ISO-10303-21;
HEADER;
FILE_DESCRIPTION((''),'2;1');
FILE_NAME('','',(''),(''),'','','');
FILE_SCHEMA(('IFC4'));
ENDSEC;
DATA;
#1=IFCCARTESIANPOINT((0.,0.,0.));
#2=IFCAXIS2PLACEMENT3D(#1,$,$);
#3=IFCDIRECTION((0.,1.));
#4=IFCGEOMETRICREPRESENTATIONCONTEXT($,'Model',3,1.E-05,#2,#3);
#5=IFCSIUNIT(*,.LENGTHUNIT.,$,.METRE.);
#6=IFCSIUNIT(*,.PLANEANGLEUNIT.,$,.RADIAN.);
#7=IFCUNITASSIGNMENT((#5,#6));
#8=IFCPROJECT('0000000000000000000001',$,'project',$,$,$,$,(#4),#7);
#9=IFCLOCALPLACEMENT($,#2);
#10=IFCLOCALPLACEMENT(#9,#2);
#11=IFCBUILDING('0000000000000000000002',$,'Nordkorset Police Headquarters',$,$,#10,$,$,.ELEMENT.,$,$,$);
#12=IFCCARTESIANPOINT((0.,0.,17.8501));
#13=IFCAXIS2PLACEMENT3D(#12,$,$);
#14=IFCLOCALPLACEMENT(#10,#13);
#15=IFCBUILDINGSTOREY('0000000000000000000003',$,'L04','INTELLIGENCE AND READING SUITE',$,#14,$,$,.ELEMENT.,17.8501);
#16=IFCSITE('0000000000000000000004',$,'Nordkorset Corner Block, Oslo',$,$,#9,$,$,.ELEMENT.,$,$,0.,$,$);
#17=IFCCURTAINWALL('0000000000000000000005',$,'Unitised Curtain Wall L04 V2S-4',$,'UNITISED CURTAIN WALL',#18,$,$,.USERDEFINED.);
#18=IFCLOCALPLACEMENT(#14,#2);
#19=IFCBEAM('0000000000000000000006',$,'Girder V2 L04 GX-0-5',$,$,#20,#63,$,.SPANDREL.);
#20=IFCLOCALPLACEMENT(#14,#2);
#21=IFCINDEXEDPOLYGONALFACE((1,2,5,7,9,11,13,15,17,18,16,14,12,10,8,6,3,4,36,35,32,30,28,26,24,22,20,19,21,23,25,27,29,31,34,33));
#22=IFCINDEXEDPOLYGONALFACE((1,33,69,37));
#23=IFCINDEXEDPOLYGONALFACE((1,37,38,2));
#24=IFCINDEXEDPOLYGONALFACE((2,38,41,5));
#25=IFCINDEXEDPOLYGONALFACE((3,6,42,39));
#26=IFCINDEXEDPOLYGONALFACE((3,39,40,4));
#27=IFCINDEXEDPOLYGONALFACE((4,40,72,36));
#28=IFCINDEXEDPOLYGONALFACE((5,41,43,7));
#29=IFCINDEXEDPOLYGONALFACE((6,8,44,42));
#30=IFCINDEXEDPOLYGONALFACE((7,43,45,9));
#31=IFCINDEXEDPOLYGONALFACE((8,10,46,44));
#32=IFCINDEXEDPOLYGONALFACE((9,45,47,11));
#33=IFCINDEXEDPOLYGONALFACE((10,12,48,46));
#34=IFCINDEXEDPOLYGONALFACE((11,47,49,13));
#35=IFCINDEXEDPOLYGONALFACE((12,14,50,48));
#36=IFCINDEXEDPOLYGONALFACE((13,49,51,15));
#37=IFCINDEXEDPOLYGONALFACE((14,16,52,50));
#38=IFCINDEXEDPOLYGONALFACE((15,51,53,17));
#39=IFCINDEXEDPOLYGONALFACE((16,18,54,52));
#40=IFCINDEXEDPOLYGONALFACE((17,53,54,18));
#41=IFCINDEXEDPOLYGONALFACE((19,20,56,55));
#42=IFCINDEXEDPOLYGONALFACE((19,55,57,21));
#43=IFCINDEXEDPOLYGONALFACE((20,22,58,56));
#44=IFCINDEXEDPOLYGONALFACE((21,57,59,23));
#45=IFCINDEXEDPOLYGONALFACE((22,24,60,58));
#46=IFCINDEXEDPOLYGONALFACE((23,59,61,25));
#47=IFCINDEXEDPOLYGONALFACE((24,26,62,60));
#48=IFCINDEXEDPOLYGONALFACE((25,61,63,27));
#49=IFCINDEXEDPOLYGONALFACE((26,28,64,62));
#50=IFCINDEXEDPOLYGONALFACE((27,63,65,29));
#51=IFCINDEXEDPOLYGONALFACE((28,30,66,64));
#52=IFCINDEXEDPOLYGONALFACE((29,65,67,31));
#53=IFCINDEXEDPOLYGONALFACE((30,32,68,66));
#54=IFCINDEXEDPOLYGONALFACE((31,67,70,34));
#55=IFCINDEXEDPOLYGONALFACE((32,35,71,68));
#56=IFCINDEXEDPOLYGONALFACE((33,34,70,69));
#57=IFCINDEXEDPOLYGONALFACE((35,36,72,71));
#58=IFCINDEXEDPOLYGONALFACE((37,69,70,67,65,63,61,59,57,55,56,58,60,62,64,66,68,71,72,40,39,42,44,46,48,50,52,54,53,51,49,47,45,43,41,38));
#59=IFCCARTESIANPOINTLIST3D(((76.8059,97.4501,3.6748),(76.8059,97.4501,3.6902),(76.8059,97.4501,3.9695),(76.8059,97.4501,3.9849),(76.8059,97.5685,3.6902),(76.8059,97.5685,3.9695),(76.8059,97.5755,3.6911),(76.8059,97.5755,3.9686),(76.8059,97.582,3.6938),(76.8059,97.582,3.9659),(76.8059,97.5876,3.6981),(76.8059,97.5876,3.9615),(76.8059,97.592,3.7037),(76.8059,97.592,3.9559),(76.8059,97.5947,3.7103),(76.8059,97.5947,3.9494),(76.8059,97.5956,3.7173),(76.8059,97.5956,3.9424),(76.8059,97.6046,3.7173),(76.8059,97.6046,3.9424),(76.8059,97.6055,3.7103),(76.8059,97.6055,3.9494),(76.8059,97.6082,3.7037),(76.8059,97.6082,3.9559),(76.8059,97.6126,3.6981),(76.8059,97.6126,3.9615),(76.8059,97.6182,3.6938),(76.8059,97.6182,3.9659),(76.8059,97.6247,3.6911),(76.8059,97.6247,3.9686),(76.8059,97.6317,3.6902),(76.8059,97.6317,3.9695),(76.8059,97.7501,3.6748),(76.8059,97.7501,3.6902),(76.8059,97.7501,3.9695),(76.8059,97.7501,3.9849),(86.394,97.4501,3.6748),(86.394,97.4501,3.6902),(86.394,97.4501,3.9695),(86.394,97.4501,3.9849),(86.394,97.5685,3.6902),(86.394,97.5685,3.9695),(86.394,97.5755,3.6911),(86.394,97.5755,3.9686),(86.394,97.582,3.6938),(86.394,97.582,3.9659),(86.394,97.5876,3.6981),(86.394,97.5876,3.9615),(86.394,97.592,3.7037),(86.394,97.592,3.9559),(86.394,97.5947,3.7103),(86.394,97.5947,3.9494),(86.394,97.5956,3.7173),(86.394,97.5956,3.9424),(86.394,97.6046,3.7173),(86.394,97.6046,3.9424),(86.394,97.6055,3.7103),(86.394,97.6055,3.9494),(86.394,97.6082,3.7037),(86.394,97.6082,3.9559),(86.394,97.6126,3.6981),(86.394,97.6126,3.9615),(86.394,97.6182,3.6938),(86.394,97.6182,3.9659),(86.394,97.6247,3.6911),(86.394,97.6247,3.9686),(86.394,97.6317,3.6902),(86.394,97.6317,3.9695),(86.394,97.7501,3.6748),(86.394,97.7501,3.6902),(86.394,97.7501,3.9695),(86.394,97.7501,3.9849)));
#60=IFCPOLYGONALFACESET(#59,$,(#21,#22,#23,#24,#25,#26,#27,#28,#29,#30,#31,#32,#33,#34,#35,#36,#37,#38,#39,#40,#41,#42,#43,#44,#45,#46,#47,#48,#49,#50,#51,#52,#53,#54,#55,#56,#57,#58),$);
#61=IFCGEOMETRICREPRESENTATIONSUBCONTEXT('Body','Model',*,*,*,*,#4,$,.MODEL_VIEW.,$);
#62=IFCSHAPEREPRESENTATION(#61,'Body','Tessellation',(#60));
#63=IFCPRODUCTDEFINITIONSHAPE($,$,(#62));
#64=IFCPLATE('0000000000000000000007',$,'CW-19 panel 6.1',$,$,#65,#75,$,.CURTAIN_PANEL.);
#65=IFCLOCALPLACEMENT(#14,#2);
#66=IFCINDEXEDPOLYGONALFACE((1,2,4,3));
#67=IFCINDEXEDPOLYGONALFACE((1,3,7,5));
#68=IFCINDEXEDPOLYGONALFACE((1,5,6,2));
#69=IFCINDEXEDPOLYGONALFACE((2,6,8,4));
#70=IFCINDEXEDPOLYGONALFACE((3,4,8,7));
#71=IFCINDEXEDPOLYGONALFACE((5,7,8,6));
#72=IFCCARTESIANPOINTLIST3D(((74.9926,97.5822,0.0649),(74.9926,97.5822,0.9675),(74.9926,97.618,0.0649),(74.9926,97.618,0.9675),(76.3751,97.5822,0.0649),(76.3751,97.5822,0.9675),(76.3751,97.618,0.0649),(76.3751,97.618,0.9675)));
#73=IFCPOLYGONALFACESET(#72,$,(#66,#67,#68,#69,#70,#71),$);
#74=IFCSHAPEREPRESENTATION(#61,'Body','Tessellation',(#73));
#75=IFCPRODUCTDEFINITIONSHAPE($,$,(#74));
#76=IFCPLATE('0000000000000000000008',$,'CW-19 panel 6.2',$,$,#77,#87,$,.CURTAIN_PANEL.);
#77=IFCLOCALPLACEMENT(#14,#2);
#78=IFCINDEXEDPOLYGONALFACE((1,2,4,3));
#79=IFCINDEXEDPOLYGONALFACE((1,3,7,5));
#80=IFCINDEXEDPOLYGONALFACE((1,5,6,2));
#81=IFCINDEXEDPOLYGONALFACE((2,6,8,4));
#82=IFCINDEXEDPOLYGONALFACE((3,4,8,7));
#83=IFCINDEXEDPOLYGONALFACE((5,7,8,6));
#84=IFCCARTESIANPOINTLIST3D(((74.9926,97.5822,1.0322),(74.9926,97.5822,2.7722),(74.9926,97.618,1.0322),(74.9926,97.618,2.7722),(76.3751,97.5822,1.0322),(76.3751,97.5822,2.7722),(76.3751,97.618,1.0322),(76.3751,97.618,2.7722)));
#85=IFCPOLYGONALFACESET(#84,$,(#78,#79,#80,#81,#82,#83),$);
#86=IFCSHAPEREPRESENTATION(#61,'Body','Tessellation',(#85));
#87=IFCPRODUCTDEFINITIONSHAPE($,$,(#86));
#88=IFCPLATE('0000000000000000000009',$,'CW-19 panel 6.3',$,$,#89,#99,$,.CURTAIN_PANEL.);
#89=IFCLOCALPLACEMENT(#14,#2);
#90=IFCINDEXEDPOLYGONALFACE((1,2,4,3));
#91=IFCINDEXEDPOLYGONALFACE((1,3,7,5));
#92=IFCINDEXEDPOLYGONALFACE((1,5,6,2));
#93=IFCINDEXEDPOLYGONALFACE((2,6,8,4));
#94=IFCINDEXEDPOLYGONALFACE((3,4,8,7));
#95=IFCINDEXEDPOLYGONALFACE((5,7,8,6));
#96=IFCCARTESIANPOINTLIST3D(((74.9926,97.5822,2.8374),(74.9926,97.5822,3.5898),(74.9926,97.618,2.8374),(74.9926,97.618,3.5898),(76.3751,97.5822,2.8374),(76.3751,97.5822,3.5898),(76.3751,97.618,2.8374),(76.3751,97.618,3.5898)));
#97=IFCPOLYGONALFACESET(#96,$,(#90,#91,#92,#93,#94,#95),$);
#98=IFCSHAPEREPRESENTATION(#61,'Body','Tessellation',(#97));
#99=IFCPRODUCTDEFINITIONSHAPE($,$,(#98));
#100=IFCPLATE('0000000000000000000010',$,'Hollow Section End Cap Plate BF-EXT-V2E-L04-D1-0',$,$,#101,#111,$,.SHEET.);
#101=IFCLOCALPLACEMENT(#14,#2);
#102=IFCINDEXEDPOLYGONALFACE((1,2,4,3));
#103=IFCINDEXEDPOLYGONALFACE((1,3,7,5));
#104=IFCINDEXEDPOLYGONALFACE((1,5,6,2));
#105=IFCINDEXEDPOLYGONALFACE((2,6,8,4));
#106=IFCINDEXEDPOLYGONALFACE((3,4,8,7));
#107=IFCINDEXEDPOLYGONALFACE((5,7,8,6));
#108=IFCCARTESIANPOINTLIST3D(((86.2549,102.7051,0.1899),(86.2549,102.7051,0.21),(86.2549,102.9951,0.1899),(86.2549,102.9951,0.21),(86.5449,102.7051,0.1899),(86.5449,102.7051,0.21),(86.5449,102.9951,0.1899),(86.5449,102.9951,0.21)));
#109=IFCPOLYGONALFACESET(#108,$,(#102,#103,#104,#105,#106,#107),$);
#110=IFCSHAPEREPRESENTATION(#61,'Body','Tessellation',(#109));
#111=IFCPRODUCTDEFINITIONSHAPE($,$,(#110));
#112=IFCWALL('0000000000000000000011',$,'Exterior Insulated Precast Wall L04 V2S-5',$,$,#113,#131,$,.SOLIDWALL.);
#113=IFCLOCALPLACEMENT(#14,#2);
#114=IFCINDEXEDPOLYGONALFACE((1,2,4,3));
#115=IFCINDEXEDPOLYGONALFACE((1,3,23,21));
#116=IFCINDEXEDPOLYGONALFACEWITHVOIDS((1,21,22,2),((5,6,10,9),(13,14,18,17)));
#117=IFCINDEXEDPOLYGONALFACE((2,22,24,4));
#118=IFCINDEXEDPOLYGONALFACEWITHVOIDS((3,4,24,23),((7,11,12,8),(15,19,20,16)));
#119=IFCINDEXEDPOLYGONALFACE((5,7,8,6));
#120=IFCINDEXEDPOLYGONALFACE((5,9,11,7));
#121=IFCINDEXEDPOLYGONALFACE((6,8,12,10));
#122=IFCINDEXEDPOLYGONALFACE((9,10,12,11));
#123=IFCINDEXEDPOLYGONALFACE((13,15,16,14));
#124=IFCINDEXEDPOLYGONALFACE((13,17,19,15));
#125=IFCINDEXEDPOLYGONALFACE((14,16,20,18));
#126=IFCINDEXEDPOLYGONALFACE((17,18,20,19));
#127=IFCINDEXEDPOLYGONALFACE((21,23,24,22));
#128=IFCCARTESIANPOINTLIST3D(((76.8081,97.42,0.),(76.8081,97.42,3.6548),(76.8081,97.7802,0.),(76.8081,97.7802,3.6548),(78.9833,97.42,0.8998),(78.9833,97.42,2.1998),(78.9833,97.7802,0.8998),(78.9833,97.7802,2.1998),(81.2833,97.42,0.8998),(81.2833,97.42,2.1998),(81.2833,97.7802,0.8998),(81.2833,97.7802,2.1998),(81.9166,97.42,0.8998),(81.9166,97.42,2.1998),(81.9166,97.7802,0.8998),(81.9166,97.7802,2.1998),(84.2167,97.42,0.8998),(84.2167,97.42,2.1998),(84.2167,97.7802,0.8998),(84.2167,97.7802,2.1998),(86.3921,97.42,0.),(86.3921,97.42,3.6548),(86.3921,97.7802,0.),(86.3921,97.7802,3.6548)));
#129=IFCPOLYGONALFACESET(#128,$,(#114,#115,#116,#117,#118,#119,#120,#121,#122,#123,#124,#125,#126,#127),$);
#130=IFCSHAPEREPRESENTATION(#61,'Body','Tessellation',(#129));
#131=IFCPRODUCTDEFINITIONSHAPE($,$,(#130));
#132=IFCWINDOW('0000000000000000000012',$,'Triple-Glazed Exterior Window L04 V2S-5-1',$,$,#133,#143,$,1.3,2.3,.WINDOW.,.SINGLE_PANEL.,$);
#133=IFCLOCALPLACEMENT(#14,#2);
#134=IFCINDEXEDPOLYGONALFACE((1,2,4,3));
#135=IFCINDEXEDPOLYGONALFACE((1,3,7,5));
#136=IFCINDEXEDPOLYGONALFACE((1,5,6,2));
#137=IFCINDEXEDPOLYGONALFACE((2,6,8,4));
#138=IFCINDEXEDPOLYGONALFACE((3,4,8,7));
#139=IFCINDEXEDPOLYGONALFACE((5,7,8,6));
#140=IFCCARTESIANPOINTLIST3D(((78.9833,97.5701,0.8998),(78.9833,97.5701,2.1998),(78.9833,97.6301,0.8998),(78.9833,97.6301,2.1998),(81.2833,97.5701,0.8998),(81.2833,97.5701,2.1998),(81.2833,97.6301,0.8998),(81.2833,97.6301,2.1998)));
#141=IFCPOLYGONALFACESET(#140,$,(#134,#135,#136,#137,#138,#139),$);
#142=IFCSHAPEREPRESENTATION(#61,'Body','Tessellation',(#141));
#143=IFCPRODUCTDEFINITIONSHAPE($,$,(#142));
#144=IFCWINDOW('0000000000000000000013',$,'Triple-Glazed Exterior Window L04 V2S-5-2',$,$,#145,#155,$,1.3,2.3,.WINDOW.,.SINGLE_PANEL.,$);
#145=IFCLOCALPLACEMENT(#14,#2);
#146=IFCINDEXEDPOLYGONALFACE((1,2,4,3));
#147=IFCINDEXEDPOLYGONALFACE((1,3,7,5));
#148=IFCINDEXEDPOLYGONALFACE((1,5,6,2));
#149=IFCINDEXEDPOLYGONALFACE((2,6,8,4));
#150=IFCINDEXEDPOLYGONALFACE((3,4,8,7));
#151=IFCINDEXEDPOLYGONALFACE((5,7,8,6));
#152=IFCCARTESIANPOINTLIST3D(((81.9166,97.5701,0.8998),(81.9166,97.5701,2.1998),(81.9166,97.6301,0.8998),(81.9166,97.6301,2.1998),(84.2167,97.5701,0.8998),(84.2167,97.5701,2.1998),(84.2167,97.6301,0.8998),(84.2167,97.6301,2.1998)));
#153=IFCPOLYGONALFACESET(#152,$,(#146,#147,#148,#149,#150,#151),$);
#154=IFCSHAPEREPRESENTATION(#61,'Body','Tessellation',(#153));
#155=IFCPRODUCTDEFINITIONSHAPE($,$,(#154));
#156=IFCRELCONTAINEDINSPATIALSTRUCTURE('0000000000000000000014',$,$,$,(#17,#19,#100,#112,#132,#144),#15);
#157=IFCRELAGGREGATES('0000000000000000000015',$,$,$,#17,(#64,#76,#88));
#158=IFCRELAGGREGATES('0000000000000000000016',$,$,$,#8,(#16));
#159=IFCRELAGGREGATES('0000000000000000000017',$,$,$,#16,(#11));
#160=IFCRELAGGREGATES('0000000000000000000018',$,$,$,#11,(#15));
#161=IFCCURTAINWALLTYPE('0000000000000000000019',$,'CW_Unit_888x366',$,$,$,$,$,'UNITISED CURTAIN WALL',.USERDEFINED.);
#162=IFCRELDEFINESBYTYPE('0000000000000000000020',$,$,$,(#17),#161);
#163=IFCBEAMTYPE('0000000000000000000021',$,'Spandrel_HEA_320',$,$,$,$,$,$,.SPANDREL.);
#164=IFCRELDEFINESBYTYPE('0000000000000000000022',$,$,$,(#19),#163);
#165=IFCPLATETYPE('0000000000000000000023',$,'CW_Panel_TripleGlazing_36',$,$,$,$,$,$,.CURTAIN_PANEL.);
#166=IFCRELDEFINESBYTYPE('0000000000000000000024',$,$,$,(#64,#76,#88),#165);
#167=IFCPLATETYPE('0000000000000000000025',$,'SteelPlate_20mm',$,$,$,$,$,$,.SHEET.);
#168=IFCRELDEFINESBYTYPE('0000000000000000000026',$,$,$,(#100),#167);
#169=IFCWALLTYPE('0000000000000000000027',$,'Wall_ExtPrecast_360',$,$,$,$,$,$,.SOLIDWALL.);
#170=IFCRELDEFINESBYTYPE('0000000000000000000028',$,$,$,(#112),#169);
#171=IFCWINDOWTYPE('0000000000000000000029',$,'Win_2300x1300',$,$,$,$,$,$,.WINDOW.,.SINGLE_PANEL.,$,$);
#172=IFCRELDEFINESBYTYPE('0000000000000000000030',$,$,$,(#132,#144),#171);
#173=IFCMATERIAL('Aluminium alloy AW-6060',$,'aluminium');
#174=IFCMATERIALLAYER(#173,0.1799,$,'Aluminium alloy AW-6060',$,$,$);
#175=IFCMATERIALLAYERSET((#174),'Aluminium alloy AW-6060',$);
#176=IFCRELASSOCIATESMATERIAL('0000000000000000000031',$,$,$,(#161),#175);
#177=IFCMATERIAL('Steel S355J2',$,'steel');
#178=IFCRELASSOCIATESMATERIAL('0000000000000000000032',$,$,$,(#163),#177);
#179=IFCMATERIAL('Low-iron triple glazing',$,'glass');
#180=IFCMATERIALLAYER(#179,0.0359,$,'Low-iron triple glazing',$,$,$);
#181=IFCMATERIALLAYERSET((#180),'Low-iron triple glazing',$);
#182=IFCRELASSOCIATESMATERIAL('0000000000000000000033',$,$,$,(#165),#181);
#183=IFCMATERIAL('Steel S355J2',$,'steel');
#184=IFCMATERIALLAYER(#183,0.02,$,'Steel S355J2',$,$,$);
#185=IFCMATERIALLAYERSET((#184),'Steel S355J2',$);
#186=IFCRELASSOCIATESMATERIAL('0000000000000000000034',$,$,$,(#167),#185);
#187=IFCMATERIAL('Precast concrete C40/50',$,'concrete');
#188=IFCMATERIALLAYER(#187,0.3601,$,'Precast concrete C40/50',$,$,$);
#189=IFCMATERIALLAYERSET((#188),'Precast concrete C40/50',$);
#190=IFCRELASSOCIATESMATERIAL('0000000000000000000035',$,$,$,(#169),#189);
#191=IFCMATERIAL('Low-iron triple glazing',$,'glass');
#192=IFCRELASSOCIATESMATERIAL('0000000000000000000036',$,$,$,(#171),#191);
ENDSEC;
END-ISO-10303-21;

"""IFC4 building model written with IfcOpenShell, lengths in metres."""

from ifc_helpers import new_model, si_unit, direction, frame, frame_2d, origin, origin_2d, place, context, subcontext, project, spatial, rectangle, i_section, extrude, material, layer, layer_set, material_profile, profile_set, type_object, element, fill, aggregate, save


model = new_model("IFC4")

# Units and contexts
model_context = context("Model", 3, precision=1e-05, world=origin(), true_north=direction((0.0, 1.0)))
body_context = subcontext(model_context, "Body", "Model", "MODEL_VIEW")
ifc_project = project(units=[si_unit("LENGTHUNIT", "METRE"), si_unit("PLANEANGLEUNIT", "RADIAN")], contexts=[model_context])

# Site, building, storey
site_placement = place(None, origin())
site = spatial("IfcSite", under=ifc_project, at=site_placement, Name="Nordkorset Corner Block, Oslo", CompositionType="ELEMENT", RefElevation=0.0)
building_placement = place(site_placement, origin())
building = spatial("IfcBuilding", under=site, at=building_placement, Name="Nordkorset Police Headquarters", CompositionType="ELEMENT")
storey_placement = place(building_placement, frame((0.0, 0.0, 17.8501)))
storey = spatial("IfcBuildingStorey", under=building, at=storey_placement, Name="L04", Description="INTELLIGENCE AND READING SUITE", CompositionType="ELEMENT", Elevation=17.8501)

# Curtain wall
ifc_material_1 = material(Name="Aluminium alloy AW-6060", Category="aluminium")
ifc_layer_1 = layer(ifc_material_1, 0.1799, Name="Aluminium alloy AW-6060")
ifc_layer_set_1 = layer_set([ifc_layer_1], Name="Aluminium alloy AW-6060")
curtain_wall_type = type_object("IfcCurtainWallType", Name="CW_Unit_888x366", ElementType="UNITISED CURTAIN WALL", PredefinedType="USERDEFINED", material=ifc_layer_set_1)
curtain_wall_placement = place(storey_placement, origin())
curtain_wall = element("IfcCurtainWall", 1, at=curtain_wall_placement, inside=storey, type_object=curtain_wall_type, Name="Unitised Curtain Wall L04 V2S-4", ObjectType="UNITISED CURTAIN WALL", PredefinedType="USERDEFINED")

# Beam
ifc_material_2 = material(Name="Steel S355J2", Category="steel")
ifc_material_profile_1 = material_profile(ifc_material_2, i_section(OverallWidth=0.3, OverallDepth=0.3101, WebThickness=0.009, FlangeThickness=0.0154, FilletRadius=0.0271, at=origin_2d()), Name="HEA 320")
ifc_profile_set_1 = profile_set([ifc_material_profile_1], Name="Steel S355J2")
beam_type_1 = type_object("IfcBeamType", Name="Spandrel_HEA_320", PredefinedType="SPANDREL", material=ifc_profile_set_1)
beam_1_placement = place(storey_placement, frame((76.8059, 97.6001, 3.8298), z_axis=(1.0, 0.0, 0.0), x_axis=(0.0, 1.0, 0.0)))
element("IfcBeam", 2, at=beam_1_placement, inside=storey, type_object=beam_type_1, Name="Girder V2 L04 GX-0-5", PredefinedType="SPANDREL", context=body_context, shape_type="SweptSolid", body=[
    extrude(i_section(OverallWidth=0.3, OverallDepth=0.3101, WebThickness=0.009, FlangeThickness=0.0154, FilletRadius=0.0271, at=origin_2d()), origin(), (0.0, 0.0, 1.0), 9.5881),
])

# Plates
ifc_material_3 = material(Name="Low-iron triple glazing", Category="glass")
ifc_layer_2 = layer(ifc_material_3, 0.0359, Name="Low-iron triple glazing")
ifc_layer_set_2 = layer_set([ifc_layer_2], Name="Low-iron triple glazing")
plate_type_1 = type_object("IfcPlateType", Name="CW_Panel_TripleGlazing_36", PredefinedType="CURTAIN_PANEL", material=ifc_layer_set_2)
plate_1_placement = place(storey_placement, frame((75.6838, 97.6001, 0.0649), z_axis=(0.0, 0.0, 1.0), x_axis=(1.0, 0.0, 0.0)))
plate_1 = element("IfcPlate", 3, at=plate_1_placement, type_object=plate_type_1, Name="CW-19 panel 6.1", PredefinedType="CURTAIN_PANEL", context=body_context, shape_type="SweptSolid", body=[
    extrude(rectangle(XDim=1.3826, YDim=0.0359, at=origin_2d()), origin(), (0.0, 0.0, 1.0), 0.9026),
])
plate_2_placement = place(storey_placement, frame((75.6838, 97.6001, 1.0322), z_axis=(0.0, 0.0, 1.0), x_axis=(1.0, 0.0, 0.0)))
plate_2 = element("IfcPlate", 4, at=plate_2_placement, type_object=plate_type_1, Name="CW-19 panel 6.2", PredefinedType="CURTAIN_PANEL", context=body_context, shape_type="SweptSolid", body=[
    extrude(rectangle(XDim=1.3826, YDim=0.0359, at=origin_2d()), origin(), (0.0, 0.0, 1.0), 1.74),
])
plate_3_placement = place(storey_placement, frame((75.6838, 97.6001, 2.8374), z_axis=(0.0, 0.0, 1.0), x_axis=(1.0, 0.0, 0.0)))
plate_3 = element("IfcPlate", 5, at=plate_3_placement, type_object=plate_type_1, Name="CW-19 panel 6.3", PredefinedType="CURTAIN_PANEL", context=body_context, shape_type="SweptSolid", body=[
    extrude(rectangle(XDim=1.3826, YDim=0.0359, at=origin_2d()), origin(), (0.0, 0.0, 1.0), 0.7524),
])
aggregate(curtain_wall, [plate_1, plate_2, plate_3])
ifc_material_4 = material(Name="Steel S355J2", Category="steel")
ifc_layer_3 = layer(ifc_material_4, 0.02, Name="Steel S355J2")
ifc_layer_set_3 = layer_set([ifc_layer_3], Name="Steel S355J2")
plate_type_2 = type_object("IfcPlateType", Name="SteelPlate_20mm", PredefinedType="SHEET", material=ifc_layer_set_3)
plate_4_placement = place(storey_placement, frame((86.3999, 102.8501, 0.1899), z_axis=(0.0, 0.0, 1.0), x_axis=(1.0, 0.0, 0.0)))
element("IfcPlate", 6, at=plate_4_placement, inside=storey, type_object=plate_type_2, Name="Hollow Section End Cap Plate BF-EXT-V2E-L04-D1-0", PredefinedType="SHEET", context=body_context, shape_type="SweptSolid", body=[
    extrude(rectangle(XDim=0.29, YDim=0.29, at=origin_2d()), origin(), (0.0, 0.0, 1.0), 0.02),
])

# Wall, openings, windows
ifc_material_5 = material(Name="Precast concrete C40/50", Category="concrete")
ifc_layer_4 = layer(ifc_material_5, 0.3601, Name="Precast concrete C40/50")
ifc_layer_set_4 = layer_set([ifc_layer_4], Name="Precast concrete C40/50")
wall_type = type_object("IfcWallType", Name="Wall_ExtPrecast_360", PredefinedType="SOLIDWALL", material=ifc_layer_set_4)
wall_1_placement = place(storey_placement, frame((76.8081, 97.6001, 0.0), z_axis=(0.0, 0.0, 1.0), x_axis=(1.0, 0.0, 0.0)))
wall_1 = element("IfcWall", 7, at=wall_1_placement, inside=storey, type_object=wall_type, Name="Exterior Insulated Precast Wall L04 V2S-5", PredefinedType="SOLIDWALL", context=body_context, shape_type="SweptSolid", body=[
    extrude(rectangle(XDim=9.584, YDim=0.3601, at=frame_2d((4.792, 0.0))), origin(), (0.0, 0.0, 1.0), 3.6548),
])
opening_1_placement = place(wall_1_placement, frame((2.1753, 0.0, 0.8999)))
opening_1 = element("IfcOpeningElement", 8, at=opening_1_placement, cuts=wall_1, PredefinedType="OPENING", context=body_context, shape_type="SweptSolid", body=[
    extrude(rectangle(XDim=2.3, YDim=1.3, at=frame_2d((1.1499, 0.6499))), frame((0.0, 0.1899, 0.0), z_axis=(0.0, -1.0, 0.0), x_axis=(1.0, 0.0, 0.0)), (0.0, 0.0, 1.0), 0.3801),
])
opening_2_placement = place(wall_1_placement, frame((5.1086, 0.0, 0.8999)))
opening_2 = element("IfcOpeningElement", 9, at=opening_2_placement, cuts=wall_1, PredefinedType="OPENING", context=body_context, shape_type="SweptSolid", body=[
    extrude(rectangle(XDim=2.3, YDim=1.3, at=frame_2d((1.1499, 0.6499))), frame((0.0, 0.1899, 0.0), z_axis=(0.0, -1.0, 0.0), x_axis=(1.0, 0.0, 0.0)), (0.0, 0.0, 1.0), 0.3801),
])
ifc_material_6 = material(Name="Low-iron triple glazing", Category="glass")
window_type_1 = type_object("IfcWindowType", Name="Win_2300x1300", PartitioningType="SINGLE_PANEL", PredefinedType="WINDOW", material=ifc_material_6)
window_1_placement = place(opening_1_placement, origin())
window_1 = element("IfcWindow", 10, at=window_1_placement, inside=storey, type_object=window_type_1, Name="Triple-Glazed Exterior Window L04 V2S-5-1", OverallHeight=1.3, OverallWidth=2.3, PartitioningType="SINGLE_PANEL", PredefinedType="WINDOW", context=body_context, shape_type="SweptSolid", body=[
    extrude(rectangle(XDim=2.3, YDim=1.3, at=frame_2d((1.1499, 0.6499))), frame((0.0, 0.03, 0.0), z_axis=(0.0, -1.0, 0.0), x_axis=(1.0, 0.0, 0.0)), (0.0, 0.0, 1.0), 0.0601),
])
fill(opening_1, window_1)
window_2_placement = place(opening_2_placement, origin())
window_2 = element("IfcWindow", 11, at=window_2_placement, inside=storey, type_object=window_type_1, Name="Triple-Glazed Exterior Window L04 V2S-5-2", OverallHeight=1.3, OverallWidth=2.3, PartitioningType="SINGLE_PANEL", PredefinedType="WINDOW", context=body_context, shape_type="SweptSolid", body=[
    extrude(rectangle(XDim=2.3, YDim=1.3, at=frame_2d((1.1499, 0.6499))), frame((0.0, 0.03, 0.0), z_axis=(0.0, -1.0, 0.0), x_axis=(1.0, 0.0, 0.0)), (0.0, 0.0, 1.0), 0.0601),
])
fill(opening_2, window_2)

save(model, "model.ifc")
